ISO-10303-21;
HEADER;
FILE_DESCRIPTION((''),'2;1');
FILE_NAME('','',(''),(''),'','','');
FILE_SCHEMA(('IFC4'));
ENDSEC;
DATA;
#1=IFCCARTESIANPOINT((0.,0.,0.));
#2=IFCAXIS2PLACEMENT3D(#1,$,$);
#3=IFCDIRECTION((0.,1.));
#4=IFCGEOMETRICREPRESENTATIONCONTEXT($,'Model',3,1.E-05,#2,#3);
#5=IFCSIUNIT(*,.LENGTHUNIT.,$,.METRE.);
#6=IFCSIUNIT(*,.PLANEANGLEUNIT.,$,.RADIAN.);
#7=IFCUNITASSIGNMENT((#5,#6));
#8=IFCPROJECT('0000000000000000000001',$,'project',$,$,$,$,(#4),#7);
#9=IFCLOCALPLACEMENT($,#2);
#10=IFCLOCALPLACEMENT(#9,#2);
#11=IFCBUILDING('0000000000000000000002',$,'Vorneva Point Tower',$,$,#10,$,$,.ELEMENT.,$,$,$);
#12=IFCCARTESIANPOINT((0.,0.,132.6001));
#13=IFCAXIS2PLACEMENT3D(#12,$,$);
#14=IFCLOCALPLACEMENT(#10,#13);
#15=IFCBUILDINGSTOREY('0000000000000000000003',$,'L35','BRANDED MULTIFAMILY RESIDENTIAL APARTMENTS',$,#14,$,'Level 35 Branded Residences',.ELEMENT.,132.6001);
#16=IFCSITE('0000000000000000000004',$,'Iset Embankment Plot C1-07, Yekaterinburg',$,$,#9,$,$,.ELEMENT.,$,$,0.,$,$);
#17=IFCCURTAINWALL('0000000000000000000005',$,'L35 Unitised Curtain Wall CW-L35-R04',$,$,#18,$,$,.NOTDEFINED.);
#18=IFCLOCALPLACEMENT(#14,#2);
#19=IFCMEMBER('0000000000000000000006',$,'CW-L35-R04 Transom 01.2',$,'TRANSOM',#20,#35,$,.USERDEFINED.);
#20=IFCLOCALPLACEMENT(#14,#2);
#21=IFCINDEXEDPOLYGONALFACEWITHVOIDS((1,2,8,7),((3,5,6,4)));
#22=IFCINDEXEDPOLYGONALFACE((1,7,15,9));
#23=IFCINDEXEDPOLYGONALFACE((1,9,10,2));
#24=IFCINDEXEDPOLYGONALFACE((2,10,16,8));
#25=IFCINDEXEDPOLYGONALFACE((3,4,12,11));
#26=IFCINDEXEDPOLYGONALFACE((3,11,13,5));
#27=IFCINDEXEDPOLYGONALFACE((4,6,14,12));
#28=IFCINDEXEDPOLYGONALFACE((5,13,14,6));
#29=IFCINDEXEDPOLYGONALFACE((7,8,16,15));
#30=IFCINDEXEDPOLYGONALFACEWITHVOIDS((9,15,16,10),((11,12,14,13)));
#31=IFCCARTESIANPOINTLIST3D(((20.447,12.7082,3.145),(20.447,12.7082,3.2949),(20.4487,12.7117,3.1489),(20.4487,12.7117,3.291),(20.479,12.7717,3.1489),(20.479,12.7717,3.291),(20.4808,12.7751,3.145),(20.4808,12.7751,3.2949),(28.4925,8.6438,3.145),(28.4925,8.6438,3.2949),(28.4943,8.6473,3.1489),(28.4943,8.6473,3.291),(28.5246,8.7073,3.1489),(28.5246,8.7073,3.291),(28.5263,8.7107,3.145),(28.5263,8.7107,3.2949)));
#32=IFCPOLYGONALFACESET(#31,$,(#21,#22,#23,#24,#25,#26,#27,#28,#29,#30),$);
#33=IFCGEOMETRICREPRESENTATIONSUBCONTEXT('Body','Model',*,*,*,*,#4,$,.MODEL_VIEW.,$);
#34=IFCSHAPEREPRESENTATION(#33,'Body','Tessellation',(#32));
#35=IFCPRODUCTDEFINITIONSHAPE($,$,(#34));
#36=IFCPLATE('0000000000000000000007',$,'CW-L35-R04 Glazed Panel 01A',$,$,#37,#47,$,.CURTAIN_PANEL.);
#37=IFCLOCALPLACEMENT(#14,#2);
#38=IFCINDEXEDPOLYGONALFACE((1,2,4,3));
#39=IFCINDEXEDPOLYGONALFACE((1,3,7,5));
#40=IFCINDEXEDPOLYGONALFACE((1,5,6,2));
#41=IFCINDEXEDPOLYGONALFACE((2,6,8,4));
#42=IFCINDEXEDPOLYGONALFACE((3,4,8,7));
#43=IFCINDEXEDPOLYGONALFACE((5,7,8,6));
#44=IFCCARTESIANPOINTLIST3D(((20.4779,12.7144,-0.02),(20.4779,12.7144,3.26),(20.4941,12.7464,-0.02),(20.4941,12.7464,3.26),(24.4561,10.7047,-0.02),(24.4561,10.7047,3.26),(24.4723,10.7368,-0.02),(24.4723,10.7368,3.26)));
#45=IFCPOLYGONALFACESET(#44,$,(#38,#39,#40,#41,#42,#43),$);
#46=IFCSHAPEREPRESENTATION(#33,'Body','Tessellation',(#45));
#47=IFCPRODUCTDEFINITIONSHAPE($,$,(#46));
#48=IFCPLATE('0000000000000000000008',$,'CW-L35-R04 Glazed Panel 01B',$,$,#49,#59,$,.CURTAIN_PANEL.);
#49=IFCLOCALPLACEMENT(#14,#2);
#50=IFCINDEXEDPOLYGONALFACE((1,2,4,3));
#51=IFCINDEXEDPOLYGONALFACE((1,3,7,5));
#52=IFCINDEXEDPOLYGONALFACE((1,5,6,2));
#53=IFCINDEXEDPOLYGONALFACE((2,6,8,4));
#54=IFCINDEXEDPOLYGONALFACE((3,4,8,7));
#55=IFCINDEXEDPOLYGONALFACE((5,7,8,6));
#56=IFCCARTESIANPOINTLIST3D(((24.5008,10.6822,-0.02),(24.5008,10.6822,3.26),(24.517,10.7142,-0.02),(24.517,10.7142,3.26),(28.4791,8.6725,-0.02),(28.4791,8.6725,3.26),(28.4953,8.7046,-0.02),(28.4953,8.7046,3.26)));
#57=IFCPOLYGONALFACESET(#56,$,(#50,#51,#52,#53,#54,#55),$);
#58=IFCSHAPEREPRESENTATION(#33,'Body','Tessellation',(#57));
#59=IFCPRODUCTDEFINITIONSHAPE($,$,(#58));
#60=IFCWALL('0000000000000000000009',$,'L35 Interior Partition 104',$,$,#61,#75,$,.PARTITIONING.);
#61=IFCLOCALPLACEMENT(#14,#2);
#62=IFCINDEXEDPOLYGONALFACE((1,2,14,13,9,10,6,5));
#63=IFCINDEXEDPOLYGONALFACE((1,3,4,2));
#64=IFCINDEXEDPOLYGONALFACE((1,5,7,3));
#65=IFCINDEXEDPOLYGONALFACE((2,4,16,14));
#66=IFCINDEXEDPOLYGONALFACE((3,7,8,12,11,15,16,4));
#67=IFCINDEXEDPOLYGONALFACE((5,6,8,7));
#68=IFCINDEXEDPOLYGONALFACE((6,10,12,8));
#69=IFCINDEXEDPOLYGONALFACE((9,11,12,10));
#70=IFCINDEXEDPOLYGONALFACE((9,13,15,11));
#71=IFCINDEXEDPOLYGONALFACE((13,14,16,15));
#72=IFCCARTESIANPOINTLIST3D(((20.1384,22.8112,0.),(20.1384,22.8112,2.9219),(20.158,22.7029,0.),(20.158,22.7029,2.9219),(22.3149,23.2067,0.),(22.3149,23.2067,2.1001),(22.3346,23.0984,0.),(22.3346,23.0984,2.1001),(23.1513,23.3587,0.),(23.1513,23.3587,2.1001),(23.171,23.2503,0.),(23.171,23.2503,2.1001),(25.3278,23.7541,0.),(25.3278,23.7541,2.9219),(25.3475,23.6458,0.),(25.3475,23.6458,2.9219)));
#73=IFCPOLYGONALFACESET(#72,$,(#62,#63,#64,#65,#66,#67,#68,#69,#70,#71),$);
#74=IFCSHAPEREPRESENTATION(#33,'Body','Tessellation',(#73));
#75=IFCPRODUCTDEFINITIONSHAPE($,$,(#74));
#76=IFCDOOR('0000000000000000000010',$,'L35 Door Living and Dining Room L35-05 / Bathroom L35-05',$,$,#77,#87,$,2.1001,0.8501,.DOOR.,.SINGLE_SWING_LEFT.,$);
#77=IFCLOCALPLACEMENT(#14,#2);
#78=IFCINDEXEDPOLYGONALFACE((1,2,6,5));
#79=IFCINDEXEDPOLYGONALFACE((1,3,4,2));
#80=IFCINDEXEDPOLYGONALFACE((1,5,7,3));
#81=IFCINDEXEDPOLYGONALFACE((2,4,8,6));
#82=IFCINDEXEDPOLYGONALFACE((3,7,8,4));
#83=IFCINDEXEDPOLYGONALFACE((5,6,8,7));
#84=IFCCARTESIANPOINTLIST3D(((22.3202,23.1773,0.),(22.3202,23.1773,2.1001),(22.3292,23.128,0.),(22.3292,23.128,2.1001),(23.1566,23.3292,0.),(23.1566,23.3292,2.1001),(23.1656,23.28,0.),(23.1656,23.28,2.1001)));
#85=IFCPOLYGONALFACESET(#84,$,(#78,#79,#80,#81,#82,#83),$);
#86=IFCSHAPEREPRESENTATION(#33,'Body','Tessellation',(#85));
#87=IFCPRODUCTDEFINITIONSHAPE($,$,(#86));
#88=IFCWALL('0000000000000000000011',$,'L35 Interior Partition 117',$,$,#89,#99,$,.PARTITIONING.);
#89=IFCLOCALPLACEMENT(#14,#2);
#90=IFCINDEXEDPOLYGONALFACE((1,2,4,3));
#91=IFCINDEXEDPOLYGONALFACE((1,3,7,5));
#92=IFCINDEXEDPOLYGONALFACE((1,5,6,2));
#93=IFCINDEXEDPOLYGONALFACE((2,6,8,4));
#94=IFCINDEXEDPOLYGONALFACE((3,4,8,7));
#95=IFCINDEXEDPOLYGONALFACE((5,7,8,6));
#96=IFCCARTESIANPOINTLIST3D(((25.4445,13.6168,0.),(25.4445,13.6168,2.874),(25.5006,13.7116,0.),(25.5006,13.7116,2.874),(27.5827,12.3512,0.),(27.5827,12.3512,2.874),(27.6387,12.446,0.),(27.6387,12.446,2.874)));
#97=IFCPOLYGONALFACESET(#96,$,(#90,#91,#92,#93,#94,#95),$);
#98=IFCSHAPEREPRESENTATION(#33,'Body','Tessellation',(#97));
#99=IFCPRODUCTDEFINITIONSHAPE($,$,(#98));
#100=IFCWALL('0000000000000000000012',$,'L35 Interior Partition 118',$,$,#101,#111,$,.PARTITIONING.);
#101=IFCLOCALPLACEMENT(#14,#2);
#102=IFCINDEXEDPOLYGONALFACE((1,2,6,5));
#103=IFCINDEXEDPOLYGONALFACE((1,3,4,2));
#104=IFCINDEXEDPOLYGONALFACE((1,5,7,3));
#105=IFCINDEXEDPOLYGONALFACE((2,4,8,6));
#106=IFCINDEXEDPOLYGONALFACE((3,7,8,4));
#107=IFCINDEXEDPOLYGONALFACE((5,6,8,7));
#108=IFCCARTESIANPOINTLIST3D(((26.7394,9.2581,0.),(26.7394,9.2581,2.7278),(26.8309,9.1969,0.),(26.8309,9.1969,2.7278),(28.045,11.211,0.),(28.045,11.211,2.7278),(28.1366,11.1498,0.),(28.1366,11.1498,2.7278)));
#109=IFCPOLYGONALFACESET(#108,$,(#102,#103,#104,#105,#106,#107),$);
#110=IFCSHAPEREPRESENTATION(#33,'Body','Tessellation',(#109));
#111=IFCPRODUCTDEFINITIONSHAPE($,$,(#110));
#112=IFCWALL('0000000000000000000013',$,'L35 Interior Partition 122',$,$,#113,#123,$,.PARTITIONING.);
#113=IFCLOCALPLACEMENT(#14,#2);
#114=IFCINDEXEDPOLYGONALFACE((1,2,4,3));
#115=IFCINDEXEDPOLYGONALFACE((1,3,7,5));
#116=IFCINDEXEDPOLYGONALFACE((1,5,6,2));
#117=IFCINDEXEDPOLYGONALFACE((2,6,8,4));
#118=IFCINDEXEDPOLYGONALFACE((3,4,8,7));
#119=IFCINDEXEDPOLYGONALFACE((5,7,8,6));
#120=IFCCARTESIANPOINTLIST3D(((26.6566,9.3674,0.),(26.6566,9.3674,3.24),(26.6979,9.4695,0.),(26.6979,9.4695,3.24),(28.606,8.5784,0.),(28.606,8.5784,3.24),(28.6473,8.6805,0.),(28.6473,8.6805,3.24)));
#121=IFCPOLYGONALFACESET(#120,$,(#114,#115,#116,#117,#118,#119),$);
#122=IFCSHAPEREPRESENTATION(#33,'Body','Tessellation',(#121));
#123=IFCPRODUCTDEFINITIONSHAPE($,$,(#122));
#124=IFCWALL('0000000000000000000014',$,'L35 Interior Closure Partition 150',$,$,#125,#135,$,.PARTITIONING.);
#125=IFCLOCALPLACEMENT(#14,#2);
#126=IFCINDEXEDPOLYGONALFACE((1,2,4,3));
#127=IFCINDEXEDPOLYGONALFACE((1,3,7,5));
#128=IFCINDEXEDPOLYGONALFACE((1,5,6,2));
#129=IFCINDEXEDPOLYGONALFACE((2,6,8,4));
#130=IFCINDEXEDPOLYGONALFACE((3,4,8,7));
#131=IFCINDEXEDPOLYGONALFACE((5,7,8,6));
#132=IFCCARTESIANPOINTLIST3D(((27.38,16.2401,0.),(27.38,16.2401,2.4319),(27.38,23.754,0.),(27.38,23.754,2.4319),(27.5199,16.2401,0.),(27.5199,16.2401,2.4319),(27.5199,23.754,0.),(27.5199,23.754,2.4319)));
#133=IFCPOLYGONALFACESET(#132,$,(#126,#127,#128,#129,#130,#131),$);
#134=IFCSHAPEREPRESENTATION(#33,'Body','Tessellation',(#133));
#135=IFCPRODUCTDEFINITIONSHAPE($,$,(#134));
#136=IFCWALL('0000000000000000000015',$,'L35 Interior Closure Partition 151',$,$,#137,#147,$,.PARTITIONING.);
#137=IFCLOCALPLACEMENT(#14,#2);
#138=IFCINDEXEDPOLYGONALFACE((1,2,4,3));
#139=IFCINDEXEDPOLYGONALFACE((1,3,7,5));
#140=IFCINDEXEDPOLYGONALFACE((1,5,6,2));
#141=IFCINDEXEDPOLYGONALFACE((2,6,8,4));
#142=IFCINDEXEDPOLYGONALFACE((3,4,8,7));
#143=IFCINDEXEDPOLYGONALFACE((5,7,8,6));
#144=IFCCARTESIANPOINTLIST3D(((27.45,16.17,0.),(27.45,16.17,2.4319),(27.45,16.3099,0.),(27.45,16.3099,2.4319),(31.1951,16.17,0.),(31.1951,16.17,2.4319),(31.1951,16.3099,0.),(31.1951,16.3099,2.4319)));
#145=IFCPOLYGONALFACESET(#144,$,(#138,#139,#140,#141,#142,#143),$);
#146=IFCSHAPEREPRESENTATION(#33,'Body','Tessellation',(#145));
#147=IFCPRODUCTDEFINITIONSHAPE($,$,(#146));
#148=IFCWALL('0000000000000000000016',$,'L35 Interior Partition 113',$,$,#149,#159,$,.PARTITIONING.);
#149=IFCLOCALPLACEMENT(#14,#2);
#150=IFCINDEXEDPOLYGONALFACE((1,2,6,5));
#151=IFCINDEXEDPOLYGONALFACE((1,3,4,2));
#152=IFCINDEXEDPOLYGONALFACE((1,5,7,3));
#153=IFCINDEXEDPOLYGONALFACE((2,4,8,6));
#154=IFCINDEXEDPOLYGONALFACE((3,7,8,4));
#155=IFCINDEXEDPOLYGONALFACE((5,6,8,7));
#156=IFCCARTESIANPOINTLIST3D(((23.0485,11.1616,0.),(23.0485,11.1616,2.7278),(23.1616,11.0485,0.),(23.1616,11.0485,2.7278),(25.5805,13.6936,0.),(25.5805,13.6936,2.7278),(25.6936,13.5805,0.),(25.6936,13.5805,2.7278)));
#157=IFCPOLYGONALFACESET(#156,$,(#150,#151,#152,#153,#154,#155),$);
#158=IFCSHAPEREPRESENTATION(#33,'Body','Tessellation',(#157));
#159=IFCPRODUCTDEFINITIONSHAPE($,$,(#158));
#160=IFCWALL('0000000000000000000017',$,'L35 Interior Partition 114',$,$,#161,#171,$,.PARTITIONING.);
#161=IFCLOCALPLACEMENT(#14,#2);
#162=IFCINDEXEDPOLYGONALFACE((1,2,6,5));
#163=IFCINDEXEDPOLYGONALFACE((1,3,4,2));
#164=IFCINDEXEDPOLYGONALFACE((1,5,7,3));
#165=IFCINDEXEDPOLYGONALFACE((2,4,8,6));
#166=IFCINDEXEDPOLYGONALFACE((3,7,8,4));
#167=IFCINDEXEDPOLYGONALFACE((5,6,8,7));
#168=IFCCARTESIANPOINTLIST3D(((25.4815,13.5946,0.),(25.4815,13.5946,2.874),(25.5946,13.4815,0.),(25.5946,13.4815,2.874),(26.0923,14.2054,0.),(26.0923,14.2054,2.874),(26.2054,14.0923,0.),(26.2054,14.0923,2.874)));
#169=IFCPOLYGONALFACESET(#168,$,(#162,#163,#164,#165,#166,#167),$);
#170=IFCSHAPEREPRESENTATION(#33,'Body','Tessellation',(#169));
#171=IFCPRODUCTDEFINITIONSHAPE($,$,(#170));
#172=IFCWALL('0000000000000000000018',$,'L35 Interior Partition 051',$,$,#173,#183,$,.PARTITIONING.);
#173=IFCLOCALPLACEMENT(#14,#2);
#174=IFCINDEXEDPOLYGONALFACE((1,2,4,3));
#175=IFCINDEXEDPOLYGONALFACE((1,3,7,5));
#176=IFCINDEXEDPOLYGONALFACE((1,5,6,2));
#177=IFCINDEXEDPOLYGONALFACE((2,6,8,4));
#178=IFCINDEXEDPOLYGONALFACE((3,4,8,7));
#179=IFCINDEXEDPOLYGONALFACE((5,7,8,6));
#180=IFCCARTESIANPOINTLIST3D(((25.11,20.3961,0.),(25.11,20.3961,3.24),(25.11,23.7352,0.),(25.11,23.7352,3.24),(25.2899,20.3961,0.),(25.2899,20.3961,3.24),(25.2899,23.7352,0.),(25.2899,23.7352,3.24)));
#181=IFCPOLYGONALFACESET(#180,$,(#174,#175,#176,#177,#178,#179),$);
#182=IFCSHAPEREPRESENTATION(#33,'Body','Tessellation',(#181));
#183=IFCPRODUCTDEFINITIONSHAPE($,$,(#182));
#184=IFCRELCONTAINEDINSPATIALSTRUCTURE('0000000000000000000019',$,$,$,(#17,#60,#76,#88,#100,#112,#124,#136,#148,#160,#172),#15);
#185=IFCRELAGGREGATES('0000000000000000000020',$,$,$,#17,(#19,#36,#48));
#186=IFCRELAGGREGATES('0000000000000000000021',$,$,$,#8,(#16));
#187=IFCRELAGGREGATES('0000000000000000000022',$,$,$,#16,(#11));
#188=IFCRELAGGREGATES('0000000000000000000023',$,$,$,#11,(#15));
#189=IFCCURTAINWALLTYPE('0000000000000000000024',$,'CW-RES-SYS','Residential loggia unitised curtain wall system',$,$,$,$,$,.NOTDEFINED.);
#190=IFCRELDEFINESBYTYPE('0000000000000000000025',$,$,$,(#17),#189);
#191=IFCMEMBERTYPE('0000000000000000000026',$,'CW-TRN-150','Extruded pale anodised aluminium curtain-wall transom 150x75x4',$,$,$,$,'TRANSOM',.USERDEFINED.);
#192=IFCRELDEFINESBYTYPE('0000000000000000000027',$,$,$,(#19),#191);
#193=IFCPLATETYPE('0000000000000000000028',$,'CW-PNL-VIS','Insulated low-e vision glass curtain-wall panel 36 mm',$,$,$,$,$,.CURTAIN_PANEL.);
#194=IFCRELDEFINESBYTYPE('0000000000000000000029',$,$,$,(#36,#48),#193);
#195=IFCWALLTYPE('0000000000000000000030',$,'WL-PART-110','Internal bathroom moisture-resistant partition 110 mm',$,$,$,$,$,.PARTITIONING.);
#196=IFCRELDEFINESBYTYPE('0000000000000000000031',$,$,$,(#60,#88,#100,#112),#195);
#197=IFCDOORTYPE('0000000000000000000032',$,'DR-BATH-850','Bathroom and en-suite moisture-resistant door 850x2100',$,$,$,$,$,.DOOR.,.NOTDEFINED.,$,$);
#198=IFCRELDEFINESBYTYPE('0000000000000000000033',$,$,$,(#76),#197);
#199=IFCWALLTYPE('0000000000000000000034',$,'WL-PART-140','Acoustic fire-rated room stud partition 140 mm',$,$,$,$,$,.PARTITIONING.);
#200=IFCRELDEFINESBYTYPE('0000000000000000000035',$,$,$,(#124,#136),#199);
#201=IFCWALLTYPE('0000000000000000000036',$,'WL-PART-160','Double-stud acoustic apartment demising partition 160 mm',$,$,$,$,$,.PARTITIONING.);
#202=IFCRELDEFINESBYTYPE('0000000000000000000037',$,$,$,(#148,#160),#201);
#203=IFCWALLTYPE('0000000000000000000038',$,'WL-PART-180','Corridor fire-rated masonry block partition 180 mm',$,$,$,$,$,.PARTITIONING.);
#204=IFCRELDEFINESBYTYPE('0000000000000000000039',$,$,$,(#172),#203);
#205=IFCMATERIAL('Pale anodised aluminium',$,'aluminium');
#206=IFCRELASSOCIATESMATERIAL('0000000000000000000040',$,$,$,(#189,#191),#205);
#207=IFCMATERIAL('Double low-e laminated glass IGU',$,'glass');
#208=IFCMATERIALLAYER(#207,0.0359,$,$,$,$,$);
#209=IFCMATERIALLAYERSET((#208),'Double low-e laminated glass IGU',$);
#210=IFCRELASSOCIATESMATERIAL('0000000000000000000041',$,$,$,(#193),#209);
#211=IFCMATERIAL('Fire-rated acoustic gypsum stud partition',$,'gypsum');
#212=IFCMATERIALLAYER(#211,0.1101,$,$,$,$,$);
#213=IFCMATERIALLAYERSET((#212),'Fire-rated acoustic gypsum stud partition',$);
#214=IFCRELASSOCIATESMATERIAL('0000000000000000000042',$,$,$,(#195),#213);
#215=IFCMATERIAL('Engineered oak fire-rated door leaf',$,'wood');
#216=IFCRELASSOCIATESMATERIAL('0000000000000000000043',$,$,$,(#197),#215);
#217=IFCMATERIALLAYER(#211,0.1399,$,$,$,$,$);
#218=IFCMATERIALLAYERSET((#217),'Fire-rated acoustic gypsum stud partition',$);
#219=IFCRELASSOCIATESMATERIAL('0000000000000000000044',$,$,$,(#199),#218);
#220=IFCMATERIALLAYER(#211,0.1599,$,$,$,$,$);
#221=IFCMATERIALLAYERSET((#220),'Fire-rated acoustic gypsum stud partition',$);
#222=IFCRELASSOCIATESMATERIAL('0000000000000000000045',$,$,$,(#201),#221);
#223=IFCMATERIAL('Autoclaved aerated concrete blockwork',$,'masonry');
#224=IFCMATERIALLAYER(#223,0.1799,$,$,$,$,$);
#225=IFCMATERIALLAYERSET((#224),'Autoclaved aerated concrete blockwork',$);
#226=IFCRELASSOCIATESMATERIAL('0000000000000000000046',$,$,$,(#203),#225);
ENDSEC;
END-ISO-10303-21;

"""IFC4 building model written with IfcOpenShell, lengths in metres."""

from ifc_helpers import new_model, si_unit, direction, frame, frame_2d, origin, origin_2d, place, context, subcontext, project, spatial, rectangle, hollow_rectangle, extrude, material, layer, layer_set, material_profile, profile_set, type_object, element, fill, aggregate, save


model = new_model("IFC4")

# Units and contexts
model_context = context("Model", 3, precision=1e-05, world=origin(), true_north=direction((0.0, 1.0)))
body_context = subcontext(model_context, "Body", "Model", "MODEL_VIEW")
ifc_project = project(units=[si_unit("LENGTHUNIT", "METRE"), si_unit("PLANEANGLEUNIT", "RADIAN")], contexts=[model_context])

# Site, building, storey
site_placement = place(None, origin())
site = spatial("IfcSite", under=ifc_project, at=site_placement, Name="Iset Embankment Plot C1-07, Yekaterinburg", CompositionType="ELEMENT", RefElevation=0.0)
building_placement = place(site_placement, origin())
building = spatial("IfcBuilding", under=site, at=building_placement, Name="Vorneva Point Tower", CompositionType="ELEMENT")
storey_placement = place(building_placement, frame((0.0, 0.0, 132.6001)))
storey = spatial("IfcBuildingStorey", under=building, at=storey_placement, Name="L35", Description="BRANDED MULTIFAMILY RESIDENTIAL APARTMENTS", LongName="Level 35 Branded Residences", CompositionType="ELEMENT", Elevation=132.6001)

# Curtain wall, member, plates
ifc_material_1 = material(Name="Pale anodised aluminium", Category="aluminium")
curtain_wall_type = type_object("IfcCurtainWallType", Name="CW-RES-SYS", Description="Residential loggia unitised curtain wall system", PredefinedType="NOTDEFINED", material=ifc_material_1)
curtain_wall_placement = place(storey_placement, origin())
curtain_wall = element("IfcCurtainWall", 1, at=curtain_wall_placement, inside=storey, type_object=curtain_wall_type, Name="L35 Unitised Curtain Wall CW-L35-R04", PredefinedType="NOTDEFINED")
ifc_material_profile_1 = material_profile(ifc_material_1, hollow_rectangle(XDim=0.075, YDim=0.1499, WallThickness=0.0039, at=origin_2d()), Name="AL-TRN 150x75x4")
ifc_profile_set_1 = profile_set([ifc_material_profile_1], Name="Pale anodised aluminium")
member_type = type_object("IfcMemberType", Name="CW-TRN-150", Description="Extruded pale anodised aluminium curtain-wall transom 150x75x4", ElementType="TRANSOM", PredefinedType="USERDEFINED", material=ifc_profile_set_1)
member_1_placement = place(storey_placement, frame((20.4639, 12.7417, 3.22), z_axis=(0.892572, -0.450904, 0.0), x_axis=(0.450904, 0.892572, 0.0)))
member_1 = element("IfcMember", 2, at=member_1_placement, type_object=member_type, Name="CW-L35-R04 Transom 01.2", ObjectType="TRANSOM", PredefinedType="USERDEFINED", context=body_context, shape_type="SweptSolid", body=[
    extrude(hollow_rectangle(XDim=0.075, YDim=0.1499, WallThickness=0.0039, at=origin_2d()), origin(), (0.0, 0.0, 1.0), 9.0139),
])
ifc_material_2 = material(Name="Double low-e laminated glass IGU", Category="glass")
ifc_layer_1 = layer(ifc_material_2, 0.0359)
ifc_layer_set_1 = layer_set([ifc_layer_1], Name="Double low-e laminated glass IGU")
plate_type = type_object("IfcPlateType", Name="CW-PNL-VIS", Description="Insulated low-e vision glass curtain-wall panel 36 mm", PredefinedType="CURTAIN_PANEL", material=ifc_layer_set_1)
plate_1_placement = place(storey_placement, frame((22.4751, 11.7256, -0.02), z_axis=(0.0, 0.0, 1.0), x_axis=(0.892578, -0.450893, 0.0)))
plate_1 = element("IfcPlate", 3, at=plate_1_placement, type_object=plate_type, Name="CW-L35-R04 Glazed Panel 01A", PredefinedType="CURTAIN_PANEL", context=body_context, shape_type="SweptSolid", body=[
    extrude(rectangle(XDim=4.457, YDim=0.0359, at=origin_2d()), origin(), (0.0, 0.0, 1.0), 3.28),
])
plate_2_placement = place(storey_placement, frame((26.498, 9.6934, -0.02), z_axis=(0.0, 0.0, 1.0), x_axis=(0.892578, -0.450893, 0.0)))
plate_2 = element("IfcPlate", 4, at=plate_2_placement, type_object=plate_type, Name="CW-L35-R04 Glazed Panel 01B", PredefinedType="CURTAIN_PANEL", context=body_context, shape_type="SweptSolid", body=[
    extrude(rectangle(XDim=4.457, YDim=0.0359, at=origin_2d()), origin(), (0.0, 0.0, 1.0), 3.28),
])
aggregate(curtain_wall, [member_1, plate_1, plate_2])

# Wall, opening, door
ifc_material_3 = material(Name="Fire-rated acoustic gypsum stud partition", Category="gypsum")
ifc_layer_2 = layer(ifc_material_3, 0.1101)
ifc_layer_set_2 = layer_set([ifc_layer_2], Name="Fire-rated acoustic gypsum stud partition")
wall_type_1 = type_object("IfcWallType", Name="WL-PART-110", Description="Internal bathroom moisture-resistant partition 110 mm", PredefinedType="PARTITIONING", material=ifc_layer_set_2)
wall_1_placement = place(storey_placement, frame((25.3376, 23.7, 0.0), z_axis=(0.0, 0.0, 1.0), x_axis=(-0.983892, -0.178763, 0.0)))
wall_1 = element("IfcWall", 5, at=wall_1_placement, inside=storey, type_object=wall_type_1, Name="L35 Interior Partition 104", PredefinedType="PARTITIONING", context=body_context, shape_type="SweptSolid", body=[
    extrude(rectangle(XDim=5.2744, YDim=0.1101, at=frame_2d((2.6372, 0.0))), origin(), (0.0, 0.0, 1.0), 2.9219),
])
opening_1_placement = place(wall_1_placement, frame((2.2122, 0.0, 0.0)))
opening_1 = element("IfcOpeningElement", 6, at=opening_1_placement, cuts=wall_1, PredefinedType="OPENING", context=body_context, shape_type="SweptSolid", body=[
    extrude(rectangle(XDim=0.8501, YDim=2.1001, at=frame_2d((0.425, 1.05))), frame((0.0, 0.0698, 0.0), z_axis=(0.0, -1.0, 0.0), x_axis=(1.0, 0.0, 0.0)), (0.0, 0.0, 1.0), 0.1399),
])
ifc_material_4 = material(Name="Engineered oak fire-rated door leaf", Category="wood")
door_type = type_object("IfcDoorType", Name="DR-BATH-850", Description="Bathroom and en-suite moisture-resistant door 850x2100", OperationType="NOTDEFINED", PredefinedType="DOOR", material=ifc_material_4)
door_1_placement = place(opening_1_placement, origin())
door_1 = element("IfcDoor", 7, at=door_1_placement, inside=storey, type_object=door_type, Name="L35 Door Living and Dining Room L35-05 / Bathroom L35-05", OperationType="SINGLE_SWING_LEFT", OverallHeight=2.1001, OverallWidth=0.8501, PredefinedType="DOOR", context=body_context, shape_type="SweptSolid", body=[
    extrude(rectangle(XDim=0.8501, YDim=2.1001, at=frame_2d((0.425, 1.05))), frame((0.0, 0.0249, 0.0), z_axis=(0.0, -1.0, 0.0), x_axis=(1.0, 0.0, 0.0)), (0.0, 0.0, 1.0), 0.05),
])
fill(opening_1, door_1)

# Walls
wall_2_placement = place(storey_placement, frame((27.6106, 12.3987, 0.0), z_axis=(0.0, 0.0, 1.0), x_axis=(-0.860547, 0.509371, 0.0)))
element("IfcWall", 8, at=wall_2_placement, inside=storey, type_object=wall_type_1, Name="L35 Interior Partition 117", PredefinedType="PARTITIONING", context=body_context, shape_type="SweptSolid", body=[
    extrude(rectangle(XDim=2.4846, YDim=0.1101, at=frame_2d((1.2422, 0.0))), origin(), (0.0, 0.0, 1.0), 2.874),
])
wall_3_placement = place(storey_placement, frame((26.7852, 9.2275, 0.0), z_axis=(0.0, 0.0, 1.0), x_axis=(0.555803, 0.831314, 0.0)))
element("IfcWall", 9, at=wall_3_placement, inside=storey, type_object=wall_type_1, Name="L35 Interior Partition 118", PredefinedType="PARTITIONING", context=body_context, shape_type="SweptSolid", body=[
    extrude(rectangle(XDim=2.3491, YDim=0.1101, at=frame_2d((1.1746, 0.0))), origin(), (0.0, 0.0, 1.0), 2.7278),
])
wall_4_placement = place(storey_placement, frame((26.6772, 9.4185, 0.0), z_axis=(0.0, 0.0, 1.0), x_axis=(0.926948, -0.37519, 0.0)))
element("IfcWall", 10, at=wall_4_placement, inside=storey, type_object=wall_type_1, Name="L35 Interior Partition 122", PredefinedType="PARTITIONING", context=body_context, shape_type="SweptSolid", body=[
    extrude(rectangle(XDim=2.103, YDim=0.1101, at=frame_2d((1.0515, 0.0))), origin(), (0.0, 0.0, 1.0), 3.24),
])
ifc_layer_3 = layer(ifc_material_3, 0.1399)
ifc_layer_set_3 = layer_set([ifc_layer_3], Name="Fire-rated acoustic gypsum stud partition")
wall_type_2 = type_object("IfcWallType", Name="WL-PART-140", Description="Acoustic fire-rated room stud partition 140 mm", PredefinedType="PARTITIONING", material=ifc_layer_set_3)
wall_5_placement = place(storey_placement, frame((27.45, 23.7539, 0.0), z_axis=(0.0, 0.0, 1.0), x_axis=(0.0, -1.0, 0.0)))
element("IfcWall", 11, at=wall_5_placement, inside=storey, type_object=wall_type_2, Name="L35 Interior Closure Partition 150", PredefinedType="PARTITIONING", context=body_context, shape_type="SweptSolid", body=[
    extrude(rectangle(XDim=7.5139, YDim=0.1399, at=frame_2d((3.7568, 0.0))), origin(), (0.0, 0.0, 1.0), 2.4319),
])
wall_6_placement = place(storey_placement, frame((27.45, 16.24, 0.0), z_axis=(0.0, 0.0, 1.0), x_axis=(1.0, 0.0, 0.0)))
element("IfcWall", 12, at=wall_6_placement, inside=storey, type_object=wall_type_2, Name="L35 Interior Closure Partition 151", PredefinedType="PARTITIONING", context=body_context, shape_type="SweptSolid", body=[
    extrude(rectangle(XDim=3.7451, YDim=0.1399, at=frame_2d((1.8726, 0.0))), origin(), (0.0, 0.0, 1.0), 2.4319),
])
ifc_layer_4 = layer(ifc_material_3, 0.1599)
ifc_layer_set_4 = layer_set([ifc_layer_4], Name="Fire-rated acoustic gypsum stud partition")
wall_type_3 = type_object("IfcWallType", Name="WL-PART-160", Description="Double-stud acoustic apartment demising partition 160 mm", PredefinedType="PARTITIONING", material=ifc_layer_set_4)
wall_7_placement = place(storey_placement, frame((23.105, 11.105, 0.0), z_axis=(0.0, 0.0, 1.0), x_axis=(0.707107, 0.707107, 0.0)))
element("IfcWall", 13, at=wall_7_placement, inside=storey, type_object=wall_type_3, Name="L35 Interior Partition 113", PredefinedType="PARTITIONING", context=body_context, shape_type="SweptSolid", body=[
    extrude(rectangle(XDim=3.5808, YDim=0.1599, at=frame_2d((1.7905, 0.0))), origin(), (0.0, 0.0, 1.0), 2.7278),
])
wall_8_placement = place(storey_placement, frame((25.5381, 13.5381, 0.0), z_axis=(0.0, 0.0, 1.0), x_axis=(0.707107, 0.707107, 0.0)))
element("IfcWall", 14, at=wall_8_placement, inside=storey, type_object=wall_type_3, Name="L35 Interior Partition 114", PredefinedType="PARTITIONING", context=body_context, shape_type="SweptSolid", body=[
    extrude(rectangle(XDim=0.8638, YDim=0.1599, at=frame_2d((0.4319, 0.0))), origin(), (0.0, 0.0, 1.0), 2.874),
])
ifc_material_5 = material(Name="Autoclaved aerated concrete blockwork", Category="masonry")
ifc_layer_5 = layer(ifc_material_5, 0.1799)
ifc_layer_set_5 = layer_set([ifc_layer_5], Name="Autoclaved aerated concrete blockwork")
wall_type_4 = type_object("IfcWallType", Name="WL-PART-180", Description="Corridor fire-rated masonry block partition 180 mm", PredefinedType="PARTITIONING", material=ifc_layer_set_5)
wall_9_placement = place(storey_placement, frame((25.2, 23.7351, 0.0), z_axis=(0.0, 0.0, 1.0), x_axis=(0.0, -1.0, 0.0)))
element("IfcWall", 15, at=wall_9_placement, inside=storey, type_object=wall_type_4, Name="L35 Interior Partition 051", PredefinedType="PARTITIONING", context=body_context, shape_type="SweptSolid", body=[
    extrude(rectangle(XDim=3.3391, YDim=0.1799, at=frame_2d((1.6694, 0.0))), origin(), (0.0, 0.0, 1.0), 3.24),
])

save(model, "model.ifc")
